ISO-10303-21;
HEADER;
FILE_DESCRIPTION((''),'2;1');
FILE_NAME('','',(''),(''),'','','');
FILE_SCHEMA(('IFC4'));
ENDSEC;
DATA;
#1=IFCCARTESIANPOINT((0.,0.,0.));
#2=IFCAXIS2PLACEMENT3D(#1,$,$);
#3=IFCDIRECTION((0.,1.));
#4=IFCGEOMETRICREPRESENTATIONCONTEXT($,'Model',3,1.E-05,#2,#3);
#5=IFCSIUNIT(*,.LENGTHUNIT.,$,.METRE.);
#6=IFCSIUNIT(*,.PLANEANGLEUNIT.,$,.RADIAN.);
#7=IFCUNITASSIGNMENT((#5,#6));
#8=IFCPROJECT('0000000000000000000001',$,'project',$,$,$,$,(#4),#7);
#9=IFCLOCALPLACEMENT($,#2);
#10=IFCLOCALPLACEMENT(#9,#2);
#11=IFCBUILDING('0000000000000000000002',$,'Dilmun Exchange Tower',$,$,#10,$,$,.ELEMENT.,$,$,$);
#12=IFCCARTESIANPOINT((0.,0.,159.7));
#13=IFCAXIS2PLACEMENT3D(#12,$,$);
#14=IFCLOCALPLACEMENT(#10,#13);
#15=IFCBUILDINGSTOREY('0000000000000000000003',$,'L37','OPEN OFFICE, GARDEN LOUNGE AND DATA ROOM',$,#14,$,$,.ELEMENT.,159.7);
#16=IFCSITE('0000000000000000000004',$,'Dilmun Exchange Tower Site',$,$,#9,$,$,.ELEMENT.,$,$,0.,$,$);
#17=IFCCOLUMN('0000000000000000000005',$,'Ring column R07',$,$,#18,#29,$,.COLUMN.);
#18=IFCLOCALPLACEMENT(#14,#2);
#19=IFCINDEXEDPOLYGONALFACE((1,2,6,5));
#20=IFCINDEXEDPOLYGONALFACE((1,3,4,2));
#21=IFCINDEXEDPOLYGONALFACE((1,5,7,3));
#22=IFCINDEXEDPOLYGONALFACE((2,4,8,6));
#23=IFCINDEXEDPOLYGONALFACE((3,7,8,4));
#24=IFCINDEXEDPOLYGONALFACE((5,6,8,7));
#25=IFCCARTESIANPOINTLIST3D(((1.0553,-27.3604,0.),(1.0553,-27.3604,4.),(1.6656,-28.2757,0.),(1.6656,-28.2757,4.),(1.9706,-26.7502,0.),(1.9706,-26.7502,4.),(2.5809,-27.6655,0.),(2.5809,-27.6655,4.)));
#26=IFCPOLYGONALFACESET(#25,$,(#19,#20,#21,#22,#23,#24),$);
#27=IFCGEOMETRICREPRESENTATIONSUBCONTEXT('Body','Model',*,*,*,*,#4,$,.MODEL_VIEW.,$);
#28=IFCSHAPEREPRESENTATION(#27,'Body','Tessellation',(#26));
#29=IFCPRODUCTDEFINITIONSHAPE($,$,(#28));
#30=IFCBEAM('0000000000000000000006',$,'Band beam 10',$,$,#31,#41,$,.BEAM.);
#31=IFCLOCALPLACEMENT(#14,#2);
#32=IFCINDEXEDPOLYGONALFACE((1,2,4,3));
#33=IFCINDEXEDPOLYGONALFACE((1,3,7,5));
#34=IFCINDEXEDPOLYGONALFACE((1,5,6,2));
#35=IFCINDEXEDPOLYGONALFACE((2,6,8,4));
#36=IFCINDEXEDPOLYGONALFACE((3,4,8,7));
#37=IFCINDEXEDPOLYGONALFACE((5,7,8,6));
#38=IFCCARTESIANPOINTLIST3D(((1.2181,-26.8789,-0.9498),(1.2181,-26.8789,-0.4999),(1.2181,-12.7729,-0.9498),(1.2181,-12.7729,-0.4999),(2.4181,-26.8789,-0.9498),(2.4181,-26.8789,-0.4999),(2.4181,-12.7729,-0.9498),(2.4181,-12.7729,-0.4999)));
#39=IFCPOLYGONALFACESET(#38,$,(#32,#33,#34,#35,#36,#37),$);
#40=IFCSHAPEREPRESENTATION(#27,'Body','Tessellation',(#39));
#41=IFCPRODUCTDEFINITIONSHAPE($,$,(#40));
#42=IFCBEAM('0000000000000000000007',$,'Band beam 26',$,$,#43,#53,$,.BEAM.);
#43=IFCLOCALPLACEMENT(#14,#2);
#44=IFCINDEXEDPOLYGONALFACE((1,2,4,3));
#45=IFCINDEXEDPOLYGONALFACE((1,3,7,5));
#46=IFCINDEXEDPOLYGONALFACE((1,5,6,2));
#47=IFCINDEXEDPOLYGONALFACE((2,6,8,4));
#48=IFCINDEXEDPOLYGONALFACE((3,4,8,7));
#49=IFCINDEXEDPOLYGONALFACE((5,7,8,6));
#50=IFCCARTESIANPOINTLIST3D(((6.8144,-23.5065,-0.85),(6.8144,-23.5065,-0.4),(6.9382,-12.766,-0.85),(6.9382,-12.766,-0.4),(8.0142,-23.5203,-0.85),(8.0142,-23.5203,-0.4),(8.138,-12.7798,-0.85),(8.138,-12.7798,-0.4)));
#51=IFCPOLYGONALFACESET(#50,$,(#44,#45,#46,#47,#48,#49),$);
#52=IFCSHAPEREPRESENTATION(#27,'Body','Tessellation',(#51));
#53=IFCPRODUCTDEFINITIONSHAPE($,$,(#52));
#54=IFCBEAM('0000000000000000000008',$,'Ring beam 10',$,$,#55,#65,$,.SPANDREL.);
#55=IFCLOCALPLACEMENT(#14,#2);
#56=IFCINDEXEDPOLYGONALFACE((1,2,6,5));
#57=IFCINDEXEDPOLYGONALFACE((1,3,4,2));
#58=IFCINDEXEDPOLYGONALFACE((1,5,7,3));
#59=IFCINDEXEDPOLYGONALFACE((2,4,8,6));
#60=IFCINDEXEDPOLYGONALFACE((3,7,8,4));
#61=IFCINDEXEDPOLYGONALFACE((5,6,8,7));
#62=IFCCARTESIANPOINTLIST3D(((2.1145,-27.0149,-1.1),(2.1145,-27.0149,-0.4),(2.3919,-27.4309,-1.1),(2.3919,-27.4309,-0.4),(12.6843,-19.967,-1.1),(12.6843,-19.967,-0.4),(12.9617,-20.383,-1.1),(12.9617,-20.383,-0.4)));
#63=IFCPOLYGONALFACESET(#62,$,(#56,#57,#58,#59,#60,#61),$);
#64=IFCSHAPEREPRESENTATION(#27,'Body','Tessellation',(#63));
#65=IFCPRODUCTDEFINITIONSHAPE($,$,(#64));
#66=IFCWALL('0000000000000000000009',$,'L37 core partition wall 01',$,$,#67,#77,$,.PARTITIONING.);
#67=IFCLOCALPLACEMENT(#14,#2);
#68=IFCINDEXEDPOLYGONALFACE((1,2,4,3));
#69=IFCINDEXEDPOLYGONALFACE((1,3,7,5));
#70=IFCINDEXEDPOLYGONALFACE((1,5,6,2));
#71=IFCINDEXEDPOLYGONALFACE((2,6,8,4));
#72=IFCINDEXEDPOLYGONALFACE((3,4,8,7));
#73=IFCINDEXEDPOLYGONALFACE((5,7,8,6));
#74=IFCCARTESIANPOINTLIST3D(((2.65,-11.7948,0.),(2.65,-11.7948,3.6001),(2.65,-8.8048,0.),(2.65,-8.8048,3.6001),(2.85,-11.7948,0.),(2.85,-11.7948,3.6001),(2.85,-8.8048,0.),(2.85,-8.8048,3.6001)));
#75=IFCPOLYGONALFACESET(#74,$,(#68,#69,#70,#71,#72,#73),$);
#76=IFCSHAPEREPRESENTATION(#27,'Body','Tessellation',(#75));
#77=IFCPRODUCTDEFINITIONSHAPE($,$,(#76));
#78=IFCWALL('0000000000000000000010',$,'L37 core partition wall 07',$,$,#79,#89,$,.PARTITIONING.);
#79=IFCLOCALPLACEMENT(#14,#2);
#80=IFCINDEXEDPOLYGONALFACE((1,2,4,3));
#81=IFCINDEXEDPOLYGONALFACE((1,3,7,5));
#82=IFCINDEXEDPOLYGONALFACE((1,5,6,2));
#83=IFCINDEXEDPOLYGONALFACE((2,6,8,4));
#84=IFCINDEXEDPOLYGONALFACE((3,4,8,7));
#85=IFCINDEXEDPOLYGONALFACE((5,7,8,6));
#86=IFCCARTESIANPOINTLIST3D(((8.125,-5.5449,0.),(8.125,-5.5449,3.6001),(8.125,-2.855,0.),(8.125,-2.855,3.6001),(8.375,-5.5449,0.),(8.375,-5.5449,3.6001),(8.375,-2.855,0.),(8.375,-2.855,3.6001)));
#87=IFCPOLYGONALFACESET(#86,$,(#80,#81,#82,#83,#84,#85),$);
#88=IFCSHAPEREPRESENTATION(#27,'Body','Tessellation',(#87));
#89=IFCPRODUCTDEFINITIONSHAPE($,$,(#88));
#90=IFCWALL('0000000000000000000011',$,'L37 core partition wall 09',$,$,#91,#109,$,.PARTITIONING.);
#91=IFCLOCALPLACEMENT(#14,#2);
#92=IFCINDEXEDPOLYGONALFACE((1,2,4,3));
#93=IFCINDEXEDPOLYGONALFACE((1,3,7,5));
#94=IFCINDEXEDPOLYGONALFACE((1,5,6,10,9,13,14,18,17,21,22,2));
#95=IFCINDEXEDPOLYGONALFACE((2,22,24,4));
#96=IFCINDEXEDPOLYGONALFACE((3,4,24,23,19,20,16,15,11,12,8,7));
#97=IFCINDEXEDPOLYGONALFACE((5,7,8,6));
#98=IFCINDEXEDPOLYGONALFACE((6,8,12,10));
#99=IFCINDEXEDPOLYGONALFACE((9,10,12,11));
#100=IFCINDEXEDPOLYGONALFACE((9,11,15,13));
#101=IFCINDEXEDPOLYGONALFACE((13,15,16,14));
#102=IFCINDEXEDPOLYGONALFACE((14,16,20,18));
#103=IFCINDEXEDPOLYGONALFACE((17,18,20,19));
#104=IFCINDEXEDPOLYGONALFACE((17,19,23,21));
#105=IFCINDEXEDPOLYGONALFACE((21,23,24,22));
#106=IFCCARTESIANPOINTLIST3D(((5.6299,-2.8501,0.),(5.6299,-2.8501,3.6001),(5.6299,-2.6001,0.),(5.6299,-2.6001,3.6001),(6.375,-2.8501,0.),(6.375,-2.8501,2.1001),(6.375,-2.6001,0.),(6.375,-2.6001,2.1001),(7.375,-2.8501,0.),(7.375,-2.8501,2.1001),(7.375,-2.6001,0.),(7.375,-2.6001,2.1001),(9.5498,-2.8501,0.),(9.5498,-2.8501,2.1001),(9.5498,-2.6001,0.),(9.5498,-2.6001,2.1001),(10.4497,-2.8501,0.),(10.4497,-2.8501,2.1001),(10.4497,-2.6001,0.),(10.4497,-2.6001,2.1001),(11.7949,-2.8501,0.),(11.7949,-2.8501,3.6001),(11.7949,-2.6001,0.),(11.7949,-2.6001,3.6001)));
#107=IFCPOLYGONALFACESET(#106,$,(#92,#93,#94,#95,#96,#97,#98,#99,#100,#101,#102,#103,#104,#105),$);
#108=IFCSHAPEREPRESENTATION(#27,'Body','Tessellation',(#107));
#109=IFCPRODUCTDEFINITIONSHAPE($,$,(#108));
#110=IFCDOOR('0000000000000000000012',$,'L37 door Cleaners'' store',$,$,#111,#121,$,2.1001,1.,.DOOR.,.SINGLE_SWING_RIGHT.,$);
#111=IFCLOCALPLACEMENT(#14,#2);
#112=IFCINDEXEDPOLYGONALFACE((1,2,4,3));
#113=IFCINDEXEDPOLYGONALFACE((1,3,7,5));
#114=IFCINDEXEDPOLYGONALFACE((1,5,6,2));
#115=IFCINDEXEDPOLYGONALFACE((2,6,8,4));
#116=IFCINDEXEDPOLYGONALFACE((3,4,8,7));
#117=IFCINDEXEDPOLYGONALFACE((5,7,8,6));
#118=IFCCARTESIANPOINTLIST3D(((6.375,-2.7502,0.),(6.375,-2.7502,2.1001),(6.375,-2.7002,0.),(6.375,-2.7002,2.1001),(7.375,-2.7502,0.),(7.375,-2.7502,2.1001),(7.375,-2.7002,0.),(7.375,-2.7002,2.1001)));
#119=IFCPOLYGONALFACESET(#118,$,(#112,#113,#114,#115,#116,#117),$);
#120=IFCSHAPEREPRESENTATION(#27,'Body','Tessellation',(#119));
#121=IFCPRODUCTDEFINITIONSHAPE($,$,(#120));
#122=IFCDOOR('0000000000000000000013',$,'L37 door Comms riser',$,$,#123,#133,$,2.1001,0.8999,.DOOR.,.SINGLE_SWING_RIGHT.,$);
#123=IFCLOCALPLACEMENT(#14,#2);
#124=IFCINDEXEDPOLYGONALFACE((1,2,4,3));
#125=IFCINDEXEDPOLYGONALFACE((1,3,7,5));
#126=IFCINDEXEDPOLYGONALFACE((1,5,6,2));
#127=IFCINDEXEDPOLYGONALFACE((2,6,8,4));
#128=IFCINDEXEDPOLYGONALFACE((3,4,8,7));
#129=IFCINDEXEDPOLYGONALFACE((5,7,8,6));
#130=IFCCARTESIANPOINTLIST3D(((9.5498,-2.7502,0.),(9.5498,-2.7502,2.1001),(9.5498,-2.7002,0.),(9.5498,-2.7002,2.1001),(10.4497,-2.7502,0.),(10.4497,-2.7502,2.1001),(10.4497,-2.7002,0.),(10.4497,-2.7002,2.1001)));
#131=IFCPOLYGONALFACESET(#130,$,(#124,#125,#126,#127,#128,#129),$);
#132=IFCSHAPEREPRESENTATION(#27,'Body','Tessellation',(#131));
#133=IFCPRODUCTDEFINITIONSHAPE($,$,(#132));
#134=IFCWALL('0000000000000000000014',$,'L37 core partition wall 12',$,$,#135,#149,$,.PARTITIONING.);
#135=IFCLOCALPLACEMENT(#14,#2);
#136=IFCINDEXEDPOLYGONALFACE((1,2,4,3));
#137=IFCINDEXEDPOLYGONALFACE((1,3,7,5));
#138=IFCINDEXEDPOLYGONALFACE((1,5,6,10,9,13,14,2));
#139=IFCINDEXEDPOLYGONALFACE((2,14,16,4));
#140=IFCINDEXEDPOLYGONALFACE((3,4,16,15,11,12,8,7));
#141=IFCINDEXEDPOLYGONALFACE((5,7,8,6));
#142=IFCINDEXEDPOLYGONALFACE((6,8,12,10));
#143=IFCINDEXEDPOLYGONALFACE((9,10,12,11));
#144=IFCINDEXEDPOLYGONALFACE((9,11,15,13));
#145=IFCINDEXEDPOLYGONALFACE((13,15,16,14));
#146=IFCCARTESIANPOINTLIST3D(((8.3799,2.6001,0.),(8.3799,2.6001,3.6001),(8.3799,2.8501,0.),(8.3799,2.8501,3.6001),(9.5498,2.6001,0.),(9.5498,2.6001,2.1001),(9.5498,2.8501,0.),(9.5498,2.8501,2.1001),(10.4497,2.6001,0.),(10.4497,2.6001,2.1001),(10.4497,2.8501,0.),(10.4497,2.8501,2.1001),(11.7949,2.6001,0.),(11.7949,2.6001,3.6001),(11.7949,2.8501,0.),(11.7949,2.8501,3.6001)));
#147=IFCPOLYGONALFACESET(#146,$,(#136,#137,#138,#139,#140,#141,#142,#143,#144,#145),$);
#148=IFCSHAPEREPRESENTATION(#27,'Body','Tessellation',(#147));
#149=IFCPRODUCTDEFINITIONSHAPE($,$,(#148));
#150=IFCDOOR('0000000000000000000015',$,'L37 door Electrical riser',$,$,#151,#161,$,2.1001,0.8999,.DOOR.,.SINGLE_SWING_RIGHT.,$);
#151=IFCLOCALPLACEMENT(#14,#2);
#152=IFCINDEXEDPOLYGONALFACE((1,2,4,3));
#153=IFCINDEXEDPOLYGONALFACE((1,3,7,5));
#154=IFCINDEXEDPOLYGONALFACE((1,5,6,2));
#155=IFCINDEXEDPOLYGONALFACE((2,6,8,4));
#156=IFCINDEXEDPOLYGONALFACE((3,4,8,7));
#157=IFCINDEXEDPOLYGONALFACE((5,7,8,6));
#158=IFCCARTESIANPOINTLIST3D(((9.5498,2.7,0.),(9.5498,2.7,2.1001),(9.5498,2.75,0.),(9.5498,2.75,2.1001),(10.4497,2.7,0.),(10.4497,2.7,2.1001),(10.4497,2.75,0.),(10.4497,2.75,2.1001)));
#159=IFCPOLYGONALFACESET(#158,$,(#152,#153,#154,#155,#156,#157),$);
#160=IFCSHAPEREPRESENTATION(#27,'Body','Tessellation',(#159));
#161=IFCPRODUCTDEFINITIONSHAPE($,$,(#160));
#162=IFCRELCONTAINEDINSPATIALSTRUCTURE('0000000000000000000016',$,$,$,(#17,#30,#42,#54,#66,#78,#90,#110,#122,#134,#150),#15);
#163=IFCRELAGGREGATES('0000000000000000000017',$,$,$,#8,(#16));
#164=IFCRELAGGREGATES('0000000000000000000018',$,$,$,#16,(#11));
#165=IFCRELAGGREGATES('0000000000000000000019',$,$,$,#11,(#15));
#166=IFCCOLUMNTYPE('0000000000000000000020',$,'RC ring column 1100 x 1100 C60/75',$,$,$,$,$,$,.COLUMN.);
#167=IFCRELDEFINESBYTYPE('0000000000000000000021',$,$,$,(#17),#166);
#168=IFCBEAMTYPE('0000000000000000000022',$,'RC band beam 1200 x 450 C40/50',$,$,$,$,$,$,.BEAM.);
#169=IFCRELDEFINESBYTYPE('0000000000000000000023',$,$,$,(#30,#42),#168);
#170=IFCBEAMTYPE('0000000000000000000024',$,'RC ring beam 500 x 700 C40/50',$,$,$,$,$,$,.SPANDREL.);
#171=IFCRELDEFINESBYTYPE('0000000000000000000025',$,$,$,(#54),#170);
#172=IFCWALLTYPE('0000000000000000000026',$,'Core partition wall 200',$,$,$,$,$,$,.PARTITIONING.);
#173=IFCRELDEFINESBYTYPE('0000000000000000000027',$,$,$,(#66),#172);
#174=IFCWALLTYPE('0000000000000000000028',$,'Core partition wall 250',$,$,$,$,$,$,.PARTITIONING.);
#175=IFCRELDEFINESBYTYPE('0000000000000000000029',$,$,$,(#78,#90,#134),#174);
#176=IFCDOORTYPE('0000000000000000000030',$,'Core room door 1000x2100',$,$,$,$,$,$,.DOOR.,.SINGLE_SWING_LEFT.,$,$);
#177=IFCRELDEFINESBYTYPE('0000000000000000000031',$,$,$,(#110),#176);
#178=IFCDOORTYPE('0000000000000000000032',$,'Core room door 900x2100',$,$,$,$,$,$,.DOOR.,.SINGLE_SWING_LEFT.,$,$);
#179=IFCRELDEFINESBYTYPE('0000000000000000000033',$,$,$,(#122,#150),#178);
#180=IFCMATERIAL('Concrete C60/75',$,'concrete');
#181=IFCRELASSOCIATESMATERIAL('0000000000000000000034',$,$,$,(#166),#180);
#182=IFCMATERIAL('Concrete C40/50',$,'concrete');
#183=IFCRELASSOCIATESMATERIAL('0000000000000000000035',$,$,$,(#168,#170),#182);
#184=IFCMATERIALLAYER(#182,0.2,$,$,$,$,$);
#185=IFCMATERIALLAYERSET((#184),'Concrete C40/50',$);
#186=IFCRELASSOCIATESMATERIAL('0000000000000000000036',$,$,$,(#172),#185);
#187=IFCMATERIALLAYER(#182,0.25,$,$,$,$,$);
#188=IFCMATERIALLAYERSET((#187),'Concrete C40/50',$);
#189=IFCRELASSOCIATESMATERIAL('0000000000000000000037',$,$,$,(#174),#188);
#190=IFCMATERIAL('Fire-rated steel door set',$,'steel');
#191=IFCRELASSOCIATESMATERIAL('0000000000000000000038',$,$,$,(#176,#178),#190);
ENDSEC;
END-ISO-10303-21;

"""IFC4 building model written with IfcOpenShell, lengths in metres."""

from ifc_helpers import new_model, si_unit, direction, frame, frame_2d, origin, origin_2d, place, context, subcontext, project, spatial, rectangle, extrude, material, layer, layer_set, material_profile, profile_set, type_object, element, fill, save


model = new_model("IFC4")

# Units and contexts
model_context = context("Model", 3, precision=1e-05, world=origin(), true_north=direction((0.0, 1.0)))
body_context = subcontext(model_context, "Body", "Model", "MODEL_VIEW")
ifc_project = project(units=[si_unit("LENGTHUNIT", "METRE"), si_unit("PLANEANGLEUNIT", "RADIAN")], contexts=[model_context])

# Site, building, storey
site_placement = place(None, origin())
site = spatial("IfcSite", under=ifc_project, at=site_placement, Name="Dilmun Exchange Tower Site", CompositionType="ELEMENT", RefElevation=0.0)
building_placement = place(site_placement, origin())
building = spatial("IfcBuilding", under=site, at=building_placement, Name="Dilmun Exchange Tower", CompositionType="ELEMENT")
storey_placement = place(building_placement, frame((0.0, 0.0, 159.7)))
storey = spatial("IfcBuildingStorey", under=building, at=storey_placement, Name="L37", Description="OPEN OFFICE, GARDEN LOUNGE AND DATA ROOM", CompositionType="ELEMENT", Elevation=159.7)

# Column
ifc_material_1 = material(Name="Concrete C60/75", Category="concrete")
ifc_material_profile_1 = material_profile(ifc_material_1, rectangle(XDim=1.1001, YDim=1.1001, at=origin_2d()), Name="1100 x 1100")
ifc_profile_set_1 = profile_set([ifc_material_profile_1], Name="Concrete C60/75")
column_type = type_object("IfcColumnType", Name="RC ring column 1100 x 1100 C60/75", PredefinedType="COLUMN", material=ifc_profile_set_1)
column_placement = place(storey_placement, frame((1.8181, -27.5129, 0.0), z_axis=(0.0, 0.0, 1.0), x_axis=(0.832029, 0.554733, 0.0)))
element("IfcColumn", 1, at=column_placement, inside=storey, type_object=column_type, Name="Ring column R07", PredefinedType="COLUMN", context=body_context, shape_type="SweptSolid", body=[
    extrude(rectangle(XDim=1.1001, YDim=1.1001, at=origin_2d()), origin(), (0.0, 0.0, 1.0), 4.0),
])

# Beams
ifc_material_2 = material(Name="Concrete C40/50", Category="concrete")
ifc_material_profile_2 = material_profile(ifc_material_2, rectangle(XDim=1.2, YDim=0.45, at=origin_2d()), Name="1200 x 450")
ifc_profile_set_2 = profile_set([ifc_material_profile_2], Name="Concrete C40/50")
beam_type_1 = type_object("IfcBeamType", Name="RC band beam 1200 x 450 C40/50", PredefinedType="BEAM", material=ifc_profile_set_2)
beam_1_placement = place(storey_placement, frame((1.8181, -26.8789, -0.7249), z_axis=(0.0, 1.0, 0.0), x_axis=(-1.0, 0.0, 0.0)))
element("IfcBeam", 2, at=beam_1_placement, inside=storey, type_object=beam_type_1, Name="Band beam 10", PredefinedType="BEAM", context=body_context, shape_type="SweptSolid", body=[
    extrude(rectangle(XDim=1.2, YDim=0.45, at=origin_2d()), origin(), (0.0, 0.0, 1.0), 14.106),
])
beam_2_placement = place(storey_placement, frame((7.4143, -23.5134, -0.625), z_axis=(0.011524, 0.999934, 0.0), x_axis=(-0.999934, 0.011524, 0.0)))
element("IfcBeam", 3, at=beam_2_placement, inside=storey, type_object=beam_type_1, Name="Band beam 26", PredefinedType="BEAM", context=body_context, shape_type="SweptSolid", body=[
    extrude(rectangle(XDim=1.2, YDim=0.45, at=origin_2d()), origin(), (0.0, 0.0, 1.0), 10.7412),
])
ifc_material_profile_3 = material_profile(ifc_material_2, rectangle(XDim=0.5, YDim=0.7, at=origin_2d()), Name="500 x 700")
ifc_profile_set_3 = profile_set([ifc_material_profile_3], Name="Concrete C40/50")
beam_type_2 = type_object("IfcBeamType", Name="RC ring beam 500 x 700 C40/50", PredefinedType="SPANDREL", material=ifc_profile_set_3)
beam_3_placement = place(storey_placement, frame((2.2532, -27.2229, -0.75), z_axis=(0.832003, 0.554771, 0.0), x_axis=(-0.554771, 0.832003, 0.0)))
element("IfcBeam", 4, at=beam_3_placement, inside=storey, type_object=beam_type_2, Name="Ring beam 10", PredefinedType="SPANDREL", context=body_context, shape_type="SweptSolid", body=[
    extrude(rectangle(XDim=0.5, YDim=0.7, at=origin_2d()), origin(), (0.0, 0.0, 1.0), 12.7041),
])

# Walls
ifc_layer_1 = layer(ifc_material_2, 0.2)
ifc_layer_set_1 = layer_set([ifc_layer_1], Name="Concrete C40/50")
wall_type_1 = type_object("IfcWallType", Name="Core partition wall 200", PredefinedType="PARTITIONING", material=ifc_layer_set_1)
wall_1_placement = place(storey_placement, frame((2.75, -11.7949, 0.0), z_axis=(0.0, 0.0, 1.0), x_axis=(0.0, 1.0, 0.0)))
element("IfcWall", 5, at=wall_1_placement, inside=storey, type_object=wall_type_1, Name="L37 core partition wall 01", PredefinedType="PARTITIONING", context=body_context, shape_type="SweptSolid", body=[
    extrude(rectangle(XDim=2.99, YDim=0.2, at=frame_2d((1.4951, 0.0))), origin(), (0.0, 0.0, 1.0), 3.6001),
])
ifc_layer_2 = layer(ifc_material_2, 0.25)
ifc_layer_set_2 = layer_set([ifc_layer_2], Name="Concrete C40/50")
wall_type_2 = type_object("IfcWallType", Name="Core partition wall 250", PredefinedType="PARTITIONING", material=ifc_layer_set_2)
wall_2_placement = place(storey_placement, frame((8.25, -5.5449, 0.0), z_axis=(0.0, 0.0, 1.0), x_axis=(0.0, 1.0, 0.0)))
element("IfcWall", 6, at=wall_2_placement, inside=storey, type_object=wall_type_2, Name="L37 core partition wall 07", PredefinedType="PARTITIONING", context=body_context, shape_type="SweptSolid", body=[
    extrude(rectangle(XDim=2.6899, YDim=0.25, at=frame_2d((1.345, 0.0))), origin(), (0.0, 0.0, 1.0), 3.6001),
])

# Wall, openings, doors
wall_3_placement = place(storey_placement, frame((5.6299, -2.7251, 0.0), z_axis=(0.0, 0.0, 1.0), x_axis=(1.0, 0.0, 0.0)))
wall_3 = element("IfcWall", 7, at=wall_3_placement, inside=storey, type_object=wall_type_2, Name="L37 core partition wall 09", PredefinedType="PARTITIONING", context=body_context, shape_type="SweptSolid", body=[
    extrude(rectangle(XDim=6.165, YDim=0.25, at=frame_2d((3.0825, 0.0))), origin(), (0.0, 0.0, 1.0), 3.6001),
])
opening_1_placement = place(wall_3_placement, frame((0.7451, 0.0, 0.0)))
opening_1 = element("IfcOpeningElement", 8, at=opening_1_placement, cuts=wall_3, PredefinedType="OPENING", context=body_context, shape_type="SweptSolid", body=[
    extrude(rectangle(XDim=1.0, YDim=2.1001, at=frame_2d((0.5, 1.05))), frame((0.0, 0.135, 0.0), z_axis=(0.0, -1.0, 0.0), x_axis=(1.0, 0.0, 0.0)), (0.0, 0.0, 1.0), 0.27),
])
opening_2_placement = place(wall_3_placement, frame((3.9199, 0.0, 0.0)))
opening_2 = element("IfcOpeningElement", 9, at=opening_2_placement, cuts=wall_3, PredefinedType="OPENING", context=body_context, shape_type="SweptSolid", body=[
    extrude(rectangle(XDim=0.8999, YDim=2.1001, at=frame_2d((0.45, 1.05))), frame((0.0, 0.135, 0.0), z_axis=(0.0, -1.0, 0.0), x_axis=(1.0, 0.0, 0.0)), (0.0, 0.0, 1.0), 0.27),
])
ifc_material_3 = material(Name="Fire-rated steel door set", Category="steel")
door_type_1 = type_object("IfcDoorType", Name="Core room door 1000x2100", OperationType="SINGLE_SWING_LEFT", PredefinedType="DOOR", material=ifc_material_3)
door_1_placement = place(opening_1_placement, origin())
door_1 = element("IfcDoor", 10, at=door_1_placement, inside=storey, type_object=door_type_1, Name="L37 door Cleaners' store", OperationType="SINGLE_SWING_RIGHT", OverallHeight=2.1001, OverallWidth=1.0, PredefinedType="DOOR", context=body_context, shape_type="SweptSolid", body=[
    extrude(rectangle(XDim=1.0, YDim=2.1001, at=frame_2d((0.5, 1.05))), frame((0.0, 0.0249, 0.0), z_axis=(0.0, -1.0, 0.0), x_axis=(1.0, 0.0, 0.0)), (0.0, 0.0, 1.0), 0.05),
])
fill(opening_1, door_1)
door_type_2 = type_object("IfcDoorType", Name="Core room door 900x2100", OperationType="SINGLE_SWING_LEFT", PredefinedType="DOOR", material=ifc_material_3)
door_2_placement = place(opening_2_placement, origin())
door_2 = element("IfcDoor", 11, at=door_2_placement, inside=storey, type_object=door_type_2, Name="L37 door Comms riser", OperationType="SINGLE_SWING_RIGHT", OverallHeight=2.1001, OverallWidth=0.8999, PredefinedType="DOOR", context=body_context, shape_type="SweptSolid", body=[
    extrude(rectangle(XDim=0.8999, YDim=2.1001, at=frame_2d((0.45, 1.05))), frame((0.0, 0.0249, 0.0), z_axis=(0.0, -1.0, 0.0), x_axis=(1.0, 0.0, 0.0)), (0.0, 0.0, 1.0), 0.05),
])
fill(opening_2, door_2)

# Wall, opening, door
wall_4_placement = place(storey_placement, frame((8.3799, 2.7251, 0.0), z_axis=(0.0, 0.0, 1.0), x_axis=(1.0, 0.0, 0.0)))
wall_4 = element("IfcWall", 12, at=wall_4_placement, inside=storey, type_object=wall_type_2, Name="L37 core partition wall 12", PredefinedType="PARTITIONING", context=body_context, shape_type="SweptSolid", body=[
    extrude(rectangle(XDim=3.415, YDim=0.25, at=frame_2d((1.7075, 0.0))), origin(), (0.0, 0.0, 1.0), 3.6001),
])
opening_3_placement = place(wall_4_placement, frame((1.1699, 0.0, 0.0)))
opening_3 = element("IfcOpeningElement", 13, at=opening_3_placement, cuts=wall_4, PredefinedType="OPENING", context=body_context, shape_type="SweptSolid", body=[
    extrude(rectangle(XDim=0.8999, YDim=2.1001, at=frame_2d((0.45, 1.05))), frame((0.0, 0.135, 0.0), z_axis=(0.0, -1.0, 0.0), x_axis=(1.0, 0.0, 0.0)), (0.0, 0.0, 1.0), 0.27),
])
door_3_placement = place(opening_3_placement, origin())
door_3 = element("IfcDoor", 14, at=door_3_placement, inside=storey, type_object=door_type_2, Name="L37 door Electrical riser", OperationType="SINGLE_SWING_RIGHT", OverallHeight=2.1001, OverallWidth=0.8999, PredefinedType="DOOR", context=body_context, shape_type="SweptSolid", body=[
    extrude(rectangle(XDim=0.8999, YDim=2.1001, at=frame_2d((0.45, 1.05))), frame((0.0, 0.0249, 0.0), z_axis=(0.0, -1.0, 0.0), x_axis=(1.0, 0.0, 0.0)), (0.0, 0.0, 1.0), 0.05),
])
fill(opening_3, door_3)

save(model, "model.ifc")
